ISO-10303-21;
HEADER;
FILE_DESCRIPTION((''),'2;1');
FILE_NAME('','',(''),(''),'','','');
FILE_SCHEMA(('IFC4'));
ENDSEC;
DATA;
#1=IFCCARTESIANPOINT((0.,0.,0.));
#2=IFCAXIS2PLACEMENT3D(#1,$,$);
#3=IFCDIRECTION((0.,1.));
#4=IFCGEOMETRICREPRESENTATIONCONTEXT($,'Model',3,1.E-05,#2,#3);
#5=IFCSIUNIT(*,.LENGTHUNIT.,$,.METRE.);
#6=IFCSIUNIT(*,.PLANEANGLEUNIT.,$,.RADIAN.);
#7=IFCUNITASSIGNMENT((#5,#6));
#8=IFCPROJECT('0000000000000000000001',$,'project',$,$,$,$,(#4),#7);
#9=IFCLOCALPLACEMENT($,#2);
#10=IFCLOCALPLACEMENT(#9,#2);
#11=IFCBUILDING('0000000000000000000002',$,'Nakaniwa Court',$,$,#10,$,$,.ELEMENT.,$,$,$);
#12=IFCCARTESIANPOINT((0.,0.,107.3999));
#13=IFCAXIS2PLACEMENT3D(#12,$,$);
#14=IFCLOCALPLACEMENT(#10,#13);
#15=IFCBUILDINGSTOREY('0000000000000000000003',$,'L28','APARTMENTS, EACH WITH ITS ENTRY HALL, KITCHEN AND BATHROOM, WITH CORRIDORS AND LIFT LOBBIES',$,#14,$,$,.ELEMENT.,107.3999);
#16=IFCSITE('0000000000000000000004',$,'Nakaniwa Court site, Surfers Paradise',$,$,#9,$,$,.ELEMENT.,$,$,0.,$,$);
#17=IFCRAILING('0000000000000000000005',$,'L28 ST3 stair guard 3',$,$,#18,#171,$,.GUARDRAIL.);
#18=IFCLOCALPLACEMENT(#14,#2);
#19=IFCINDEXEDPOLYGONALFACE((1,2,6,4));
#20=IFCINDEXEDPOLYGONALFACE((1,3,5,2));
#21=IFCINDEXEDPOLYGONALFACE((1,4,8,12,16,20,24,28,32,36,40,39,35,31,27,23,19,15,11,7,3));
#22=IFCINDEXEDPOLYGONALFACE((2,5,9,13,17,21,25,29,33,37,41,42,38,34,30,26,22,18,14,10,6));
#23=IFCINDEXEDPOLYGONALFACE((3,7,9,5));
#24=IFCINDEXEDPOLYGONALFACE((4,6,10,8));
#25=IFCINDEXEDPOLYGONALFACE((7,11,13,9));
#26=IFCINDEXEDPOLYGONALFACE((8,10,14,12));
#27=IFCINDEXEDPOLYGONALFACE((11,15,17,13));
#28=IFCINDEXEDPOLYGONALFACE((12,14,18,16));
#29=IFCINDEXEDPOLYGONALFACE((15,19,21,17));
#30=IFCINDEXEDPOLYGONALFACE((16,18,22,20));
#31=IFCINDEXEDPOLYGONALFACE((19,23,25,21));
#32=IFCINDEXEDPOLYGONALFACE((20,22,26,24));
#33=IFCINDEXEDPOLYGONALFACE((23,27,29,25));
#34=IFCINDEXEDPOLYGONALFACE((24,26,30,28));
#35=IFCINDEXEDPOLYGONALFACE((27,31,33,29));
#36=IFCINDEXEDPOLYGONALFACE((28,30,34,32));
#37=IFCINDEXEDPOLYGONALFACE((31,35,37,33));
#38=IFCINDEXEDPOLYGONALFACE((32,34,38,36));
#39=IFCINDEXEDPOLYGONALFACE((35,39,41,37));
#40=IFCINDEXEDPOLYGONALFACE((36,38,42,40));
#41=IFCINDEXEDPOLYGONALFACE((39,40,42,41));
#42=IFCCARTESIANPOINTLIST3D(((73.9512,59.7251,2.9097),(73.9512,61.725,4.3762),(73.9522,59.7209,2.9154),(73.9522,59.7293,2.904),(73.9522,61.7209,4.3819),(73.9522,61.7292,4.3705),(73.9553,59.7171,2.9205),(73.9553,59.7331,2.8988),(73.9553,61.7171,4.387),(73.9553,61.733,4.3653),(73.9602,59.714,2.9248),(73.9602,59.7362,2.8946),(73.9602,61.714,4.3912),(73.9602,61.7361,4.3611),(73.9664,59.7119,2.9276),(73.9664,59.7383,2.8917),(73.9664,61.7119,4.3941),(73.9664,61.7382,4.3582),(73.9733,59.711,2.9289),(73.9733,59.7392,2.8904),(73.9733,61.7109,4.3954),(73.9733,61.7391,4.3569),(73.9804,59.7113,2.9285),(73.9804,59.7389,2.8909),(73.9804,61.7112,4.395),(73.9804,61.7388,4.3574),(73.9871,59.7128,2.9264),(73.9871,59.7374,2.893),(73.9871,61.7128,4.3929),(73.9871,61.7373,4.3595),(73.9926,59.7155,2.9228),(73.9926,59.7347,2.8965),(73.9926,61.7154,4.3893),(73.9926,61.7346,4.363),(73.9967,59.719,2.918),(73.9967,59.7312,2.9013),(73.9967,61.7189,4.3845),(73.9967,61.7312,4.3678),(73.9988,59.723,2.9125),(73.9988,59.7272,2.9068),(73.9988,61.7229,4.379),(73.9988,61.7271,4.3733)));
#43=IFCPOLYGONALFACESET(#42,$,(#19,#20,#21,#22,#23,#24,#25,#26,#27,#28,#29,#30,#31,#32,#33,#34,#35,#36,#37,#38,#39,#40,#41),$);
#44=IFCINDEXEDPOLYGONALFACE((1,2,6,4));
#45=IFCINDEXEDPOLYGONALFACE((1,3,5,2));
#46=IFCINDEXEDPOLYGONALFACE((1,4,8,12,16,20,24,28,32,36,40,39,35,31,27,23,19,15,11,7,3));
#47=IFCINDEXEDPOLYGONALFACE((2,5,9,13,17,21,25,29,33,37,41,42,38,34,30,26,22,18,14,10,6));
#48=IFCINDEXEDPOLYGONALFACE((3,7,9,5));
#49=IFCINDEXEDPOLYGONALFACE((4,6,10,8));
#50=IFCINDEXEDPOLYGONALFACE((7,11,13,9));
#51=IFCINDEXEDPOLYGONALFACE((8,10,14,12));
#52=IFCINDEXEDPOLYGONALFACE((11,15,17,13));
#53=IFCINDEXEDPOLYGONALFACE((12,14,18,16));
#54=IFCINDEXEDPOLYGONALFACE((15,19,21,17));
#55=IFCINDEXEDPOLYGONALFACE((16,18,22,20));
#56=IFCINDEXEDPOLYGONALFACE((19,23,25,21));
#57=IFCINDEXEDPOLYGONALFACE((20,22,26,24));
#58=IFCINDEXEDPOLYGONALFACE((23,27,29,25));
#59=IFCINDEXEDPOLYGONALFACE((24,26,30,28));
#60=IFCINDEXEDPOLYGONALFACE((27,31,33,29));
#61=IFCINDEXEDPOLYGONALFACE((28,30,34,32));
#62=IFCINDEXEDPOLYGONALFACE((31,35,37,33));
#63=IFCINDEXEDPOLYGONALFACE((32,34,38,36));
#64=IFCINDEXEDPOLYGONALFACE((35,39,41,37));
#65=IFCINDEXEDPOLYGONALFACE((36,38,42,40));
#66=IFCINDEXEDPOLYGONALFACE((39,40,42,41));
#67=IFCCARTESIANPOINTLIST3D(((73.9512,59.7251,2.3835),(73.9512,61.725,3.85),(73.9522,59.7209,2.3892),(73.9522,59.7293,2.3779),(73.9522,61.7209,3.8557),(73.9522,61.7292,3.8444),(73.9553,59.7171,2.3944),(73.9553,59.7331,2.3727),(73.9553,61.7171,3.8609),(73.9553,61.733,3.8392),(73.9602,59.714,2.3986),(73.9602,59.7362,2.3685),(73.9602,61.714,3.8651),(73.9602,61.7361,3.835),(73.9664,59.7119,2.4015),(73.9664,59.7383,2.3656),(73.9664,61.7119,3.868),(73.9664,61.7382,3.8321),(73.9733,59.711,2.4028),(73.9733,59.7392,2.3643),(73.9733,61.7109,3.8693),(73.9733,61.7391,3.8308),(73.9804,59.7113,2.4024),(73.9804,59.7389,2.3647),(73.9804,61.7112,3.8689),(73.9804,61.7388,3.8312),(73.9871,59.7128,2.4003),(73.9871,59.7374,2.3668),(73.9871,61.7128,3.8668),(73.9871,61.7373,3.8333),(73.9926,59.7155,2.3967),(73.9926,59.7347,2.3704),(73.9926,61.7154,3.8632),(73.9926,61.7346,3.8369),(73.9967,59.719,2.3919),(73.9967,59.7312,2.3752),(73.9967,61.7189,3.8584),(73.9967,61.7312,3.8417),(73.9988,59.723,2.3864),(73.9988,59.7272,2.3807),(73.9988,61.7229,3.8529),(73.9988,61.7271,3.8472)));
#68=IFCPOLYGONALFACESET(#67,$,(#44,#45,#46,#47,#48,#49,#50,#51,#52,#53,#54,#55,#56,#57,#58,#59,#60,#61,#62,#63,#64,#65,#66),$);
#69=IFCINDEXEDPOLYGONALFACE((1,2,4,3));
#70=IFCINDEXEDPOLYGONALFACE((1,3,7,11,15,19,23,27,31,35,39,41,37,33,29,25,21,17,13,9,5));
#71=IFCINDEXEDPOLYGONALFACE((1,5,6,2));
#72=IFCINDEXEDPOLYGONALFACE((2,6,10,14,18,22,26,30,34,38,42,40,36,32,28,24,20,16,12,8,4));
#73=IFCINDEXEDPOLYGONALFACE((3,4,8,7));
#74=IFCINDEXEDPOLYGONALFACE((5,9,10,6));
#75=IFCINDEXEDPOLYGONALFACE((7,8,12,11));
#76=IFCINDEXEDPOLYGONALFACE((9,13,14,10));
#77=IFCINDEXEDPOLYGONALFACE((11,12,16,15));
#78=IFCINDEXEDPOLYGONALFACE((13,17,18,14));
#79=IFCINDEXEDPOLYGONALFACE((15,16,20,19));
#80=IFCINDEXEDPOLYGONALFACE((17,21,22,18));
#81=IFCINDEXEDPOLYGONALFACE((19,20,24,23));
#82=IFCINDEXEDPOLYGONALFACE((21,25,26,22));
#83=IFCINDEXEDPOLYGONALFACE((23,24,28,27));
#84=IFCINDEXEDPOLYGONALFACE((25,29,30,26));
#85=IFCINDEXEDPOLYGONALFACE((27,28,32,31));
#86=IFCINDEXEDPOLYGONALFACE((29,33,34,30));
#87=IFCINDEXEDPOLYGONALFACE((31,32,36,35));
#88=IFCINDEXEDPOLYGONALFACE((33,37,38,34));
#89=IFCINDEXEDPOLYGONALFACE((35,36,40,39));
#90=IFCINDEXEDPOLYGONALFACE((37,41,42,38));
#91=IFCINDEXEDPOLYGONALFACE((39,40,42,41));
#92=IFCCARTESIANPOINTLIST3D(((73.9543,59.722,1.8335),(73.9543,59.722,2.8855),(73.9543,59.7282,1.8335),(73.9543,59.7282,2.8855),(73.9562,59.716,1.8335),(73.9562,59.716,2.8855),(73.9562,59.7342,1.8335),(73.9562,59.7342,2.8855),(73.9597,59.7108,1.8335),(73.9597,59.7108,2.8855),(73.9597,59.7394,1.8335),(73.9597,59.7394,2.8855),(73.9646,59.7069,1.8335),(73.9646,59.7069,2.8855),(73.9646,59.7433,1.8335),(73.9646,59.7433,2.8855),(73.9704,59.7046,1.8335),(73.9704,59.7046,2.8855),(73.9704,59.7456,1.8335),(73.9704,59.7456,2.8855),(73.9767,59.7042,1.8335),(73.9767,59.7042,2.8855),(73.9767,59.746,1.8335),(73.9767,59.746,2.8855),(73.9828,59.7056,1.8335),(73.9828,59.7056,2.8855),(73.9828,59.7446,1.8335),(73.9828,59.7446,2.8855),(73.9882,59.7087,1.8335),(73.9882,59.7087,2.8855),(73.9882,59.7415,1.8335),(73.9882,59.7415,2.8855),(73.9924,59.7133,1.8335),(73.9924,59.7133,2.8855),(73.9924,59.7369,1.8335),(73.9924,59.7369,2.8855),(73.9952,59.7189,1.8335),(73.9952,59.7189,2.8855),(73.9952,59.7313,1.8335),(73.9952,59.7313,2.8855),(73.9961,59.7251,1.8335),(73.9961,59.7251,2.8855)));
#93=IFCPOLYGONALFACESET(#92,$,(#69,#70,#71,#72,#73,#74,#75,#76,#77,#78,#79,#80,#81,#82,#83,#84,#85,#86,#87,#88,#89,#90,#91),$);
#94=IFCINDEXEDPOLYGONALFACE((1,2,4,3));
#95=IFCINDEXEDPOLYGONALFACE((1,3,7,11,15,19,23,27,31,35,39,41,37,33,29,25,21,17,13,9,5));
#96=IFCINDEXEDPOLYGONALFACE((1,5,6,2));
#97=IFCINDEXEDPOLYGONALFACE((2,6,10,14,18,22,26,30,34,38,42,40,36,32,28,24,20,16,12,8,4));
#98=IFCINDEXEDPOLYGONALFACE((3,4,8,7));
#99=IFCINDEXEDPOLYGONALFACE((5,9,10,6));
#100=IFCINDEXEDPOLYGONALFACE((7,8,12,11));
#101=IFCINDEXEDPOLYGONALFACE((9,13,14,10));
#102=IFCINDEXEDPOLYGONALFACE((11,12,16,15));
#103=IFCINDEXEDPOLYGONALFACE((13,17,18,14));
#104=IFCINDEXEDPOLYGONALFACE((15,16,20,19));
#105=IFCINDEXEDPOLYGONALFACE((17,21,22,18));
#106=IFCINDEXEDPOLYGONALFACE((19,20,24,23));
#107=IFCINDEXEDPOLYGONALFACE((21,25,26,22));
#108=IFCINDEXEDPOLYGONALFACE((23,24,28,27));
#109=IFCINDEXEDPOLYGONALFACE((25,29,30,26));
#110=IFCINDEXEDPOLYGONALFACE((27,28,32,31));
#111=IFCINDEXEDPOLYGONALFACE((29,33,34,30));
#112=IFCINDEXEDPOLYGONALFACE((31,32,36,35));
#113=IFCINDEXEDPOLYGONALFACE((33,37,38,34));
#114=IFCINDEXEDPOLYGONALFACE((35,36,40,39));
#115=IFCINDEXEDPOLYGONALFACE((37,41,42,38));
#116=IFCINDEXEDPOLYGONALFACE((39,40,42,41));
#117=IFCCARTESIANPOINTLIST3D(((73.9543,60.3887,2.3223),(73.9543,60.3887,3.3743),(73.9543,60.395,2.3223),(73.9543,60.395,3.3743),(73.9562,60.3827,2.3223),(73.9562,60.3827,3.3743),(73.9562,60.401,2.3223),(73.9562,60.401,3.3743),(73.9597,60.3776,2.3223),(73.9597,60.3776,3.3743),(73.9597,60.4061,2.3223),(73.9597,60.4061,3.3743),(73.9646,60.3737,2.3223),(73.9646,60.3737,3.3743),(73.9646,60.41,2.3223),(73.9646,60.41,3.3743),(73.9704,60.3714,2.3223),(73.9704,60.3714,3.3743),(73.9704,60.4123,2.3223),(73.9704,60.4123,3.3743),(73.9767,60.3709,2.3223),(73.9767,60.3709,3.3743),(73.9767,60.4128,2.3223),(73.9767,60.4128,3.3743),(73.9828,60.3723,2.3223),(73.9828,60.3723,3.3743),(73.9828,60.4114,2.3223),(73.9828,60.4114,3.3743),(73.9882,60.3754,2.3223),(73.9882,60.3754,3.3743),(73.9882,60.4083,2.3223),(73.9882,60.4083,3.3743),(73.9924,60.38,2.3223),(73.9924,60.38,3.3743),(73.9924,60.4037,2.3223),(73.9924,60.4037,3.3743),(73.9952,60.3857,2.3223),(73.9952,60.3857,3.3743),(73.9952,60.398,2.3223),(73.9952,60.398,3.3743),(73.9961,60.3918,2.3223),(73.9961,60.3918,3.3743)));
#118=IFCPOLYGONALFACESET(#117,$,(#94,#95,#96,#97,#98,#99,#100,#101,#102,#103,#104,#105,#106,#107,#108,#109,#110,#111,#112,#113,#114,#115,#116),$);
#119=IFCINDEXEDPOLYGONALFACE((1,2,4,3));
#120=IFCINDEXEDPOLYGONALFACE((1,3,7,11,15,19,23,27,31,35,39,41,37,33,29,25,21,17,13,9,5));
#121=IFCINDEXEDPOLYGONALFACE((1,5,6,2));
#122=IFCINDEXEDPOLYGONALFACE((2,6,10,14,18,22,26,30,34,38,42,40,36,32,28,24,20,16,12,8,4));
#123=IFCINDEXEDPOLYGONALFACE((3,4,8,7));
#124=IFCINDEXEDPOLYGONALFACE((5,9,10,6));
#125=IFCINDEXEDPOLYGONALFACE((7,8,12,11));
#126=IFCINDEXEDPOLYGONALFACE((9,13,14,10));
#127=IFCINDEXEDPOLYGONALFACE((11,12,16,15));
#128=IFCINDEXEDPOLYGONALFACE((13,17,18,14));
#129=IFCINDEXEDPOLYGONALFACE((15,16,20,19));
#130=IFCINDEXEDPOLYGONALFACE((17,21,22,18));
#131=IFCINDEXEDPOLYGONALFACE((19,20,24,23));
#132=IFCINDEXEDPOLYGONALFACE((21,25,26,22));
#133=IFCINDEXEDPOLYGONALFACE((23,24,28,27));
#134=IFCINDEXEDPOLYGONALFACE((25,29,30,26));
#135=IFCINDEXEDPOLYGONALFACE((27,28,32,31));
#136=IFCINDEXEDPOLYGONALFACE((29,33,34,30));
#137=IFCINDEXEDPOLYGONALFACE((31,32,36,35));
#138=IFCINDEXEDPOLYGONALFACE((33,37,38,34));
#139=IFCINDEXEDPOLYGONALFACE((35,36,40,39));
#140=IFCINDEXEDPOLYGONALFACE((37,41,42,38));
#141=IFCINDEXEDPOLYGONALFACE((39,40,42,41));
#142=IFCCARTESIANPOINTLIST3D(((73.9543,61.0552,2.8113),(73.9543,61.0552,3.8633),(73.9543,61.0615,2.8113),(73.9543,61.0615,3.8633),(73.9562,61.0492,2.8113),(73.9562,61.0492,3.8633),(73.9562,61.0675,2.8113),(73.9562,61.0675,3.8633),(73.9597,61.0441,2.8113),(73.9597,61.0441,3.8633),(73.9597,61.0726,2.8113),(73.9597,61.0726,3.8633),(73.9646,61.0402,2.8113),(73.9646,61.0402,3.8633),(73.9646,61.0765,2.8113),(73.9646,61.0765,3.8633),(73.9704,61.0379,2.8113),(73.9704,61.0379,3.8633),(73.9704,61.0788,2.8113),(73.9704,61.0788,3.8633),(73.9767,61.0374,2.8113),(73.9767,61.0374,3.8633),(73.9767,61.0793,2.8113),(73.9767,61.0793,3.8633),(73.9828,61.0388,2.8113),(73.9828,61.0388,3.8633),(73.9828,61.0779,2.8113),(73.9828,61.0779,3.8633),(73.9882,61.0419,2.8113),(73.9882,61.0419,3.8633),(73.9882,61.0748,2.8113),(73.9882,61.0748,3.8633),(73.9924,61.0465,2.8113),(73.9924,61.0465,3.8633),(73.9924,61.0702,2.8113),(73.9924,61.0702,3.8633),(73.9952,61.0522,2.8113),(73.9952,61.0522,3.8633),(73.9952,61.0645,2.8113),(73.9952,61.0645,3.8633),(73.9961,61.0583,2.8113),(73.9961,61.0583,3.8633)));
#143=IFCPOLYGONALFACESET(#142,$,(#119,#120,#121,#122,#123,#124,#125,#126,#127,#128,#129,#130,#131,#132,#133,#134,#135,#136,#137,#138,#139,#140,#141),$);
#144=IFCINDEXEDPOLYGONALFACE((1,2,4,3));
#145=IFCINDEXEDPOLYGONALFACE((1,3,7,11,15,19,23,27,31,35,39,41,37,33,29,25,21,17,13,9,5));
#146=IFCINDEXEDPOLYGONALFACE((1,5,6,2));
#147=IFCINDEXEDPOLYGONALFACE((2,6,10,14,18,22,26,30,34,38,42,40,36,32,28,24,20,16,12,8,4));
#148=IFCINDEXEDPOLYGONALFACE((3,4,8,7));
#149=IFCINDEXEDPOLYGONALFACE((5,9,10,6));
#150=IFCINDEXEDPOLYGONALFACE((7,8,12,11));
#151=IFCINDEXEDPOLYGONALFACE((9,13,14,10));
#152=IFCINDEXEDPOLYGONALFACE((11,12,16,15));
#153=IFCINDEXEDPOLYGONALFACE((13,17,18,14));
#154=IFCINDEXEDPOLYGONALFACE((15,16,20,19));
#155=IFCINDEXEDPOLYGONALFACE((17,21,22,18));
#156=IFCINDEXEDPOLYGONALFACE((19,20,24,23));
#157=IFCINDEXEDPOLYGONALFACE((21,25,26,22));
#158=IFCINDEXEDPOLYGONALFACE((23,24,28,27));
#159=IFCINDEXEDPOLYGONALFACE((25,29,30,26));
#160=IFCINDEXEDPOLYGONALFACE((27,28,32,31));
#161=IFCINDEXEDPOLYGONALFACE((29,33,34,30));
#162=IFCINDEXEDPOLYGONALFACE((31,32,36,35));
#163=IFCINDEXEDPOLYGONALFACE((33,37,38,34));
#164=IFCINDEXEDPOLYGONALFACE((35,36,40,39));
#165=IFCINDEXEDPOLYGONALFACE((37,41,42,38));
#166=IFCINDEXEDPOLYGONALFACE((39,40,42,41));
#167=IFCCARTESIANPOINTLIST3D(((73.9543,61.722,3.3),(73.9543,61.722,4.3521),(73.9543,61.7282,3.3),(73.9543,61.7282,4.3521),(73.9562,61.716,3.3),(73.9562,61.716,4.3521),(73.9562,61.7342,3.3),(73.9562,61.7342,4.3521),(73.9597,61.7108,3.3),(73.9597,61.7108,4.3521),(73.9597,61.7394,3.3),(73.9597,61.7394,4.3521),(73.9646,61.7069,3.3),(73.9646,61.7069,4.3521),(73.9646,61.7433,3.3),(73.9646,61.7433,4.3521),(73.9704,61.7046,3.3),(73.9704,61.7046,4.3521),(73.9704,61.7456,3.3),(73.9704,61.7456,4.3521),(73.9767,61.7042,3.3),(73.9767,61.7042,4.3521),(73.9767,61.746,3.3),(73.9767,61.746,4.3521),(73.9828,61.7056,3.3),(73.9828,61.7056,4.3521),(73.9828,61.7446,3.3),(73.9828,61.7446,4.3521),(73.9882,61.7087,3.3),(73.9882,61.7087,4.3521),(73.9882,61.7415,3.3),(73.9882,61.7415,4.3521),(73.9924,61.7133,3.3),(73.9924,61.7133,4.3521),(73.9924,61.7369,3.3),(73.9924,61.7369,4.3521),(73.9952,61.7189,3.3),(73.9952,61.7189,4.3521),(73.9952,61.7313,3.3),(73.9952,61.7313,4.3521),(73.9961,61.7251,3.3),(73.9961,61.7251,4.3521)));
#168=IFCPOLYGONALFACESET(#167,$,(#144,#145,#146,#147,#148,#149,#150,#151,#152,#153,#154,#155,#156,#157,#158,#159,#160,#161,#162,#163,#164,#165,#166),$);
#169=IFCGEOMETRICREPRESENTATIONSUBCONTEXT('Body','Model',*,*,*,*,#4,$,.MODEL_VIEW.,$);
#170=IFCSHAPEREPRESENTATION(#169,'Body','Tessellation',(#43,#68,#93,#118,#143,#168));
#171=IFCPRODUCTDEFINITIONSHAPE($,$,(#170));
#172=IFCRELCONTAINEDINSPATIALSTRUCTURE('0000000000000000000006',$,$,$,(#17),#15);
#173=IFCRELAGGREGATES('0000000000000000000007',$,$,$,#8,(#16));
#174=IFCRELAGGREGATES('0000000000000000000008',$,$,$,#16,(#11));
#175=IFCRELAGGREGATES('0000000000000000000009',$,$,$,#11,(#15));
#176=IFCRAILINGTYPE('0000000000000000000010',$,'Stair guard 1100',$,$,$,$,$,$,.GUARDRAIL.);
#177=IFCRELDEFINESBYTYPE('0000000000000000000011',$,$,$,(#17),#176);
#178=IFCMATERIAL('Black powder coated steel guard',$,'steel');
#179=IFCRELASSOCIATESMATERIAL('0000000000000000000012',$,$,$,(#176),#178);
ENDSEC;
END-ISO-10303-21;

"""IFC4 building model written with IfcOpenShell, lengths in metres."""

from ifc_helpers import new_model, si_unit, direction, frame, origin, origin_2d, place, context, subcontext, project, spatial, circle, extrude, material, type_object, element, save


model = new_model("IFC4")

# Units and contexts
model_context = context("Model", 3, precision=1e-05, world=origin(), true_north=direction((0.0, 1.0)))
body_context = subcontext(model_context, "Body", "Model", "MODEL_VIEW")
ifc_project = project(units=[si_unit("LENGTHUNIT", "METRE"), si_unit("PLANEANGLEUNIT", "RADIAN")], contexts=[model_context])

# Site, building, storey
site_placement = place(None, origin())
site = spatial("IfcSite", under=ifc_project, at=site_placement, Name="Nakaniwa Court site, Surfers Paradise", CompositionType="ELEMENT", RefElevation=0.0)
building_placement = place(site_placement, origin())
building = spatial("IfcBuilding", under=site, at=building_placement, Name="Nakaniwa Court", CompositionType="ELEMENT")
storey_placement = place(building_placement, frame((0.0, 0.0, 107.3999)))
storey = spatial("IfcBuildingStorey", under=building, at=storey_placement, Name="L28", Description="APARTMENTS, EACH WITH ITS ENTRY HALL, KITCHEN AND BATHROOM, WITH CORRIDORS AND LIFT LOBBIES", CompositionType="ELEMENT", Elevation=107.3999)

# Railing
ifc_material_1 = material(Name="Black powder coated steel guard", Category="steel")
railing_type_1 = type_object("IfcRailingType", Name="Stair guard 1100", PredefinedType="GUARDRAIL", material=ifc_material_1)
railing_1_placement = place(storey_placement, frame((73.9751, 59.7251, 1.8335)))
element("IfcRailing", 1, at=railing_1_placement, inside=storey, type_object=railing_type_1, Name="L28 ST3 stair guard 3", PredefinedType="GUARDRAIL", context=body_context, shape_type="SweptSolid", body=[
    extrude(circle(Radius=0.0239, at=origin_2d()), frame((0.0, 0.0, 1.0762), z_axis=(0.0, 0.806427, 0.591334), x_axis=(-1.0, 0.0, 0.0)), (0.0, 0.0, 1.0), 2.48),
    extrude(circle(Radius=0.0239, at=origin_2d()), frame((0.0, 0.0, 0.55), z_axis=(0.0, 0.806427, 0.591334), x_axis=(-1.0, 0.0, 0.0)), (0.0, 0.0, 1.0), 2.48),
    extrude(circle(Radius=0.021, at=origin_2d()), origin(), (0.0, 0.0, 1.0), 1.052),
    extrude(circle(Radius=0.021, at=origin_2d()), frame((0.0, 0.6667, 0.4888)), (0.0, 0.0, 1.0), 1.052),
    extrude(circle(Radius=0.021, at=origin_2d()), frame((0.0, 1.3333, 0.9778)), (0.0, 0.0, 1.0), 1.052),
    extrude(circle(Radius=0.021, at=origin_2d()), frame((0.0, 2.0, 1.4666)), (0.0, 0.0, 1.0), 1.052),
])

save(model, "model.ifc")
